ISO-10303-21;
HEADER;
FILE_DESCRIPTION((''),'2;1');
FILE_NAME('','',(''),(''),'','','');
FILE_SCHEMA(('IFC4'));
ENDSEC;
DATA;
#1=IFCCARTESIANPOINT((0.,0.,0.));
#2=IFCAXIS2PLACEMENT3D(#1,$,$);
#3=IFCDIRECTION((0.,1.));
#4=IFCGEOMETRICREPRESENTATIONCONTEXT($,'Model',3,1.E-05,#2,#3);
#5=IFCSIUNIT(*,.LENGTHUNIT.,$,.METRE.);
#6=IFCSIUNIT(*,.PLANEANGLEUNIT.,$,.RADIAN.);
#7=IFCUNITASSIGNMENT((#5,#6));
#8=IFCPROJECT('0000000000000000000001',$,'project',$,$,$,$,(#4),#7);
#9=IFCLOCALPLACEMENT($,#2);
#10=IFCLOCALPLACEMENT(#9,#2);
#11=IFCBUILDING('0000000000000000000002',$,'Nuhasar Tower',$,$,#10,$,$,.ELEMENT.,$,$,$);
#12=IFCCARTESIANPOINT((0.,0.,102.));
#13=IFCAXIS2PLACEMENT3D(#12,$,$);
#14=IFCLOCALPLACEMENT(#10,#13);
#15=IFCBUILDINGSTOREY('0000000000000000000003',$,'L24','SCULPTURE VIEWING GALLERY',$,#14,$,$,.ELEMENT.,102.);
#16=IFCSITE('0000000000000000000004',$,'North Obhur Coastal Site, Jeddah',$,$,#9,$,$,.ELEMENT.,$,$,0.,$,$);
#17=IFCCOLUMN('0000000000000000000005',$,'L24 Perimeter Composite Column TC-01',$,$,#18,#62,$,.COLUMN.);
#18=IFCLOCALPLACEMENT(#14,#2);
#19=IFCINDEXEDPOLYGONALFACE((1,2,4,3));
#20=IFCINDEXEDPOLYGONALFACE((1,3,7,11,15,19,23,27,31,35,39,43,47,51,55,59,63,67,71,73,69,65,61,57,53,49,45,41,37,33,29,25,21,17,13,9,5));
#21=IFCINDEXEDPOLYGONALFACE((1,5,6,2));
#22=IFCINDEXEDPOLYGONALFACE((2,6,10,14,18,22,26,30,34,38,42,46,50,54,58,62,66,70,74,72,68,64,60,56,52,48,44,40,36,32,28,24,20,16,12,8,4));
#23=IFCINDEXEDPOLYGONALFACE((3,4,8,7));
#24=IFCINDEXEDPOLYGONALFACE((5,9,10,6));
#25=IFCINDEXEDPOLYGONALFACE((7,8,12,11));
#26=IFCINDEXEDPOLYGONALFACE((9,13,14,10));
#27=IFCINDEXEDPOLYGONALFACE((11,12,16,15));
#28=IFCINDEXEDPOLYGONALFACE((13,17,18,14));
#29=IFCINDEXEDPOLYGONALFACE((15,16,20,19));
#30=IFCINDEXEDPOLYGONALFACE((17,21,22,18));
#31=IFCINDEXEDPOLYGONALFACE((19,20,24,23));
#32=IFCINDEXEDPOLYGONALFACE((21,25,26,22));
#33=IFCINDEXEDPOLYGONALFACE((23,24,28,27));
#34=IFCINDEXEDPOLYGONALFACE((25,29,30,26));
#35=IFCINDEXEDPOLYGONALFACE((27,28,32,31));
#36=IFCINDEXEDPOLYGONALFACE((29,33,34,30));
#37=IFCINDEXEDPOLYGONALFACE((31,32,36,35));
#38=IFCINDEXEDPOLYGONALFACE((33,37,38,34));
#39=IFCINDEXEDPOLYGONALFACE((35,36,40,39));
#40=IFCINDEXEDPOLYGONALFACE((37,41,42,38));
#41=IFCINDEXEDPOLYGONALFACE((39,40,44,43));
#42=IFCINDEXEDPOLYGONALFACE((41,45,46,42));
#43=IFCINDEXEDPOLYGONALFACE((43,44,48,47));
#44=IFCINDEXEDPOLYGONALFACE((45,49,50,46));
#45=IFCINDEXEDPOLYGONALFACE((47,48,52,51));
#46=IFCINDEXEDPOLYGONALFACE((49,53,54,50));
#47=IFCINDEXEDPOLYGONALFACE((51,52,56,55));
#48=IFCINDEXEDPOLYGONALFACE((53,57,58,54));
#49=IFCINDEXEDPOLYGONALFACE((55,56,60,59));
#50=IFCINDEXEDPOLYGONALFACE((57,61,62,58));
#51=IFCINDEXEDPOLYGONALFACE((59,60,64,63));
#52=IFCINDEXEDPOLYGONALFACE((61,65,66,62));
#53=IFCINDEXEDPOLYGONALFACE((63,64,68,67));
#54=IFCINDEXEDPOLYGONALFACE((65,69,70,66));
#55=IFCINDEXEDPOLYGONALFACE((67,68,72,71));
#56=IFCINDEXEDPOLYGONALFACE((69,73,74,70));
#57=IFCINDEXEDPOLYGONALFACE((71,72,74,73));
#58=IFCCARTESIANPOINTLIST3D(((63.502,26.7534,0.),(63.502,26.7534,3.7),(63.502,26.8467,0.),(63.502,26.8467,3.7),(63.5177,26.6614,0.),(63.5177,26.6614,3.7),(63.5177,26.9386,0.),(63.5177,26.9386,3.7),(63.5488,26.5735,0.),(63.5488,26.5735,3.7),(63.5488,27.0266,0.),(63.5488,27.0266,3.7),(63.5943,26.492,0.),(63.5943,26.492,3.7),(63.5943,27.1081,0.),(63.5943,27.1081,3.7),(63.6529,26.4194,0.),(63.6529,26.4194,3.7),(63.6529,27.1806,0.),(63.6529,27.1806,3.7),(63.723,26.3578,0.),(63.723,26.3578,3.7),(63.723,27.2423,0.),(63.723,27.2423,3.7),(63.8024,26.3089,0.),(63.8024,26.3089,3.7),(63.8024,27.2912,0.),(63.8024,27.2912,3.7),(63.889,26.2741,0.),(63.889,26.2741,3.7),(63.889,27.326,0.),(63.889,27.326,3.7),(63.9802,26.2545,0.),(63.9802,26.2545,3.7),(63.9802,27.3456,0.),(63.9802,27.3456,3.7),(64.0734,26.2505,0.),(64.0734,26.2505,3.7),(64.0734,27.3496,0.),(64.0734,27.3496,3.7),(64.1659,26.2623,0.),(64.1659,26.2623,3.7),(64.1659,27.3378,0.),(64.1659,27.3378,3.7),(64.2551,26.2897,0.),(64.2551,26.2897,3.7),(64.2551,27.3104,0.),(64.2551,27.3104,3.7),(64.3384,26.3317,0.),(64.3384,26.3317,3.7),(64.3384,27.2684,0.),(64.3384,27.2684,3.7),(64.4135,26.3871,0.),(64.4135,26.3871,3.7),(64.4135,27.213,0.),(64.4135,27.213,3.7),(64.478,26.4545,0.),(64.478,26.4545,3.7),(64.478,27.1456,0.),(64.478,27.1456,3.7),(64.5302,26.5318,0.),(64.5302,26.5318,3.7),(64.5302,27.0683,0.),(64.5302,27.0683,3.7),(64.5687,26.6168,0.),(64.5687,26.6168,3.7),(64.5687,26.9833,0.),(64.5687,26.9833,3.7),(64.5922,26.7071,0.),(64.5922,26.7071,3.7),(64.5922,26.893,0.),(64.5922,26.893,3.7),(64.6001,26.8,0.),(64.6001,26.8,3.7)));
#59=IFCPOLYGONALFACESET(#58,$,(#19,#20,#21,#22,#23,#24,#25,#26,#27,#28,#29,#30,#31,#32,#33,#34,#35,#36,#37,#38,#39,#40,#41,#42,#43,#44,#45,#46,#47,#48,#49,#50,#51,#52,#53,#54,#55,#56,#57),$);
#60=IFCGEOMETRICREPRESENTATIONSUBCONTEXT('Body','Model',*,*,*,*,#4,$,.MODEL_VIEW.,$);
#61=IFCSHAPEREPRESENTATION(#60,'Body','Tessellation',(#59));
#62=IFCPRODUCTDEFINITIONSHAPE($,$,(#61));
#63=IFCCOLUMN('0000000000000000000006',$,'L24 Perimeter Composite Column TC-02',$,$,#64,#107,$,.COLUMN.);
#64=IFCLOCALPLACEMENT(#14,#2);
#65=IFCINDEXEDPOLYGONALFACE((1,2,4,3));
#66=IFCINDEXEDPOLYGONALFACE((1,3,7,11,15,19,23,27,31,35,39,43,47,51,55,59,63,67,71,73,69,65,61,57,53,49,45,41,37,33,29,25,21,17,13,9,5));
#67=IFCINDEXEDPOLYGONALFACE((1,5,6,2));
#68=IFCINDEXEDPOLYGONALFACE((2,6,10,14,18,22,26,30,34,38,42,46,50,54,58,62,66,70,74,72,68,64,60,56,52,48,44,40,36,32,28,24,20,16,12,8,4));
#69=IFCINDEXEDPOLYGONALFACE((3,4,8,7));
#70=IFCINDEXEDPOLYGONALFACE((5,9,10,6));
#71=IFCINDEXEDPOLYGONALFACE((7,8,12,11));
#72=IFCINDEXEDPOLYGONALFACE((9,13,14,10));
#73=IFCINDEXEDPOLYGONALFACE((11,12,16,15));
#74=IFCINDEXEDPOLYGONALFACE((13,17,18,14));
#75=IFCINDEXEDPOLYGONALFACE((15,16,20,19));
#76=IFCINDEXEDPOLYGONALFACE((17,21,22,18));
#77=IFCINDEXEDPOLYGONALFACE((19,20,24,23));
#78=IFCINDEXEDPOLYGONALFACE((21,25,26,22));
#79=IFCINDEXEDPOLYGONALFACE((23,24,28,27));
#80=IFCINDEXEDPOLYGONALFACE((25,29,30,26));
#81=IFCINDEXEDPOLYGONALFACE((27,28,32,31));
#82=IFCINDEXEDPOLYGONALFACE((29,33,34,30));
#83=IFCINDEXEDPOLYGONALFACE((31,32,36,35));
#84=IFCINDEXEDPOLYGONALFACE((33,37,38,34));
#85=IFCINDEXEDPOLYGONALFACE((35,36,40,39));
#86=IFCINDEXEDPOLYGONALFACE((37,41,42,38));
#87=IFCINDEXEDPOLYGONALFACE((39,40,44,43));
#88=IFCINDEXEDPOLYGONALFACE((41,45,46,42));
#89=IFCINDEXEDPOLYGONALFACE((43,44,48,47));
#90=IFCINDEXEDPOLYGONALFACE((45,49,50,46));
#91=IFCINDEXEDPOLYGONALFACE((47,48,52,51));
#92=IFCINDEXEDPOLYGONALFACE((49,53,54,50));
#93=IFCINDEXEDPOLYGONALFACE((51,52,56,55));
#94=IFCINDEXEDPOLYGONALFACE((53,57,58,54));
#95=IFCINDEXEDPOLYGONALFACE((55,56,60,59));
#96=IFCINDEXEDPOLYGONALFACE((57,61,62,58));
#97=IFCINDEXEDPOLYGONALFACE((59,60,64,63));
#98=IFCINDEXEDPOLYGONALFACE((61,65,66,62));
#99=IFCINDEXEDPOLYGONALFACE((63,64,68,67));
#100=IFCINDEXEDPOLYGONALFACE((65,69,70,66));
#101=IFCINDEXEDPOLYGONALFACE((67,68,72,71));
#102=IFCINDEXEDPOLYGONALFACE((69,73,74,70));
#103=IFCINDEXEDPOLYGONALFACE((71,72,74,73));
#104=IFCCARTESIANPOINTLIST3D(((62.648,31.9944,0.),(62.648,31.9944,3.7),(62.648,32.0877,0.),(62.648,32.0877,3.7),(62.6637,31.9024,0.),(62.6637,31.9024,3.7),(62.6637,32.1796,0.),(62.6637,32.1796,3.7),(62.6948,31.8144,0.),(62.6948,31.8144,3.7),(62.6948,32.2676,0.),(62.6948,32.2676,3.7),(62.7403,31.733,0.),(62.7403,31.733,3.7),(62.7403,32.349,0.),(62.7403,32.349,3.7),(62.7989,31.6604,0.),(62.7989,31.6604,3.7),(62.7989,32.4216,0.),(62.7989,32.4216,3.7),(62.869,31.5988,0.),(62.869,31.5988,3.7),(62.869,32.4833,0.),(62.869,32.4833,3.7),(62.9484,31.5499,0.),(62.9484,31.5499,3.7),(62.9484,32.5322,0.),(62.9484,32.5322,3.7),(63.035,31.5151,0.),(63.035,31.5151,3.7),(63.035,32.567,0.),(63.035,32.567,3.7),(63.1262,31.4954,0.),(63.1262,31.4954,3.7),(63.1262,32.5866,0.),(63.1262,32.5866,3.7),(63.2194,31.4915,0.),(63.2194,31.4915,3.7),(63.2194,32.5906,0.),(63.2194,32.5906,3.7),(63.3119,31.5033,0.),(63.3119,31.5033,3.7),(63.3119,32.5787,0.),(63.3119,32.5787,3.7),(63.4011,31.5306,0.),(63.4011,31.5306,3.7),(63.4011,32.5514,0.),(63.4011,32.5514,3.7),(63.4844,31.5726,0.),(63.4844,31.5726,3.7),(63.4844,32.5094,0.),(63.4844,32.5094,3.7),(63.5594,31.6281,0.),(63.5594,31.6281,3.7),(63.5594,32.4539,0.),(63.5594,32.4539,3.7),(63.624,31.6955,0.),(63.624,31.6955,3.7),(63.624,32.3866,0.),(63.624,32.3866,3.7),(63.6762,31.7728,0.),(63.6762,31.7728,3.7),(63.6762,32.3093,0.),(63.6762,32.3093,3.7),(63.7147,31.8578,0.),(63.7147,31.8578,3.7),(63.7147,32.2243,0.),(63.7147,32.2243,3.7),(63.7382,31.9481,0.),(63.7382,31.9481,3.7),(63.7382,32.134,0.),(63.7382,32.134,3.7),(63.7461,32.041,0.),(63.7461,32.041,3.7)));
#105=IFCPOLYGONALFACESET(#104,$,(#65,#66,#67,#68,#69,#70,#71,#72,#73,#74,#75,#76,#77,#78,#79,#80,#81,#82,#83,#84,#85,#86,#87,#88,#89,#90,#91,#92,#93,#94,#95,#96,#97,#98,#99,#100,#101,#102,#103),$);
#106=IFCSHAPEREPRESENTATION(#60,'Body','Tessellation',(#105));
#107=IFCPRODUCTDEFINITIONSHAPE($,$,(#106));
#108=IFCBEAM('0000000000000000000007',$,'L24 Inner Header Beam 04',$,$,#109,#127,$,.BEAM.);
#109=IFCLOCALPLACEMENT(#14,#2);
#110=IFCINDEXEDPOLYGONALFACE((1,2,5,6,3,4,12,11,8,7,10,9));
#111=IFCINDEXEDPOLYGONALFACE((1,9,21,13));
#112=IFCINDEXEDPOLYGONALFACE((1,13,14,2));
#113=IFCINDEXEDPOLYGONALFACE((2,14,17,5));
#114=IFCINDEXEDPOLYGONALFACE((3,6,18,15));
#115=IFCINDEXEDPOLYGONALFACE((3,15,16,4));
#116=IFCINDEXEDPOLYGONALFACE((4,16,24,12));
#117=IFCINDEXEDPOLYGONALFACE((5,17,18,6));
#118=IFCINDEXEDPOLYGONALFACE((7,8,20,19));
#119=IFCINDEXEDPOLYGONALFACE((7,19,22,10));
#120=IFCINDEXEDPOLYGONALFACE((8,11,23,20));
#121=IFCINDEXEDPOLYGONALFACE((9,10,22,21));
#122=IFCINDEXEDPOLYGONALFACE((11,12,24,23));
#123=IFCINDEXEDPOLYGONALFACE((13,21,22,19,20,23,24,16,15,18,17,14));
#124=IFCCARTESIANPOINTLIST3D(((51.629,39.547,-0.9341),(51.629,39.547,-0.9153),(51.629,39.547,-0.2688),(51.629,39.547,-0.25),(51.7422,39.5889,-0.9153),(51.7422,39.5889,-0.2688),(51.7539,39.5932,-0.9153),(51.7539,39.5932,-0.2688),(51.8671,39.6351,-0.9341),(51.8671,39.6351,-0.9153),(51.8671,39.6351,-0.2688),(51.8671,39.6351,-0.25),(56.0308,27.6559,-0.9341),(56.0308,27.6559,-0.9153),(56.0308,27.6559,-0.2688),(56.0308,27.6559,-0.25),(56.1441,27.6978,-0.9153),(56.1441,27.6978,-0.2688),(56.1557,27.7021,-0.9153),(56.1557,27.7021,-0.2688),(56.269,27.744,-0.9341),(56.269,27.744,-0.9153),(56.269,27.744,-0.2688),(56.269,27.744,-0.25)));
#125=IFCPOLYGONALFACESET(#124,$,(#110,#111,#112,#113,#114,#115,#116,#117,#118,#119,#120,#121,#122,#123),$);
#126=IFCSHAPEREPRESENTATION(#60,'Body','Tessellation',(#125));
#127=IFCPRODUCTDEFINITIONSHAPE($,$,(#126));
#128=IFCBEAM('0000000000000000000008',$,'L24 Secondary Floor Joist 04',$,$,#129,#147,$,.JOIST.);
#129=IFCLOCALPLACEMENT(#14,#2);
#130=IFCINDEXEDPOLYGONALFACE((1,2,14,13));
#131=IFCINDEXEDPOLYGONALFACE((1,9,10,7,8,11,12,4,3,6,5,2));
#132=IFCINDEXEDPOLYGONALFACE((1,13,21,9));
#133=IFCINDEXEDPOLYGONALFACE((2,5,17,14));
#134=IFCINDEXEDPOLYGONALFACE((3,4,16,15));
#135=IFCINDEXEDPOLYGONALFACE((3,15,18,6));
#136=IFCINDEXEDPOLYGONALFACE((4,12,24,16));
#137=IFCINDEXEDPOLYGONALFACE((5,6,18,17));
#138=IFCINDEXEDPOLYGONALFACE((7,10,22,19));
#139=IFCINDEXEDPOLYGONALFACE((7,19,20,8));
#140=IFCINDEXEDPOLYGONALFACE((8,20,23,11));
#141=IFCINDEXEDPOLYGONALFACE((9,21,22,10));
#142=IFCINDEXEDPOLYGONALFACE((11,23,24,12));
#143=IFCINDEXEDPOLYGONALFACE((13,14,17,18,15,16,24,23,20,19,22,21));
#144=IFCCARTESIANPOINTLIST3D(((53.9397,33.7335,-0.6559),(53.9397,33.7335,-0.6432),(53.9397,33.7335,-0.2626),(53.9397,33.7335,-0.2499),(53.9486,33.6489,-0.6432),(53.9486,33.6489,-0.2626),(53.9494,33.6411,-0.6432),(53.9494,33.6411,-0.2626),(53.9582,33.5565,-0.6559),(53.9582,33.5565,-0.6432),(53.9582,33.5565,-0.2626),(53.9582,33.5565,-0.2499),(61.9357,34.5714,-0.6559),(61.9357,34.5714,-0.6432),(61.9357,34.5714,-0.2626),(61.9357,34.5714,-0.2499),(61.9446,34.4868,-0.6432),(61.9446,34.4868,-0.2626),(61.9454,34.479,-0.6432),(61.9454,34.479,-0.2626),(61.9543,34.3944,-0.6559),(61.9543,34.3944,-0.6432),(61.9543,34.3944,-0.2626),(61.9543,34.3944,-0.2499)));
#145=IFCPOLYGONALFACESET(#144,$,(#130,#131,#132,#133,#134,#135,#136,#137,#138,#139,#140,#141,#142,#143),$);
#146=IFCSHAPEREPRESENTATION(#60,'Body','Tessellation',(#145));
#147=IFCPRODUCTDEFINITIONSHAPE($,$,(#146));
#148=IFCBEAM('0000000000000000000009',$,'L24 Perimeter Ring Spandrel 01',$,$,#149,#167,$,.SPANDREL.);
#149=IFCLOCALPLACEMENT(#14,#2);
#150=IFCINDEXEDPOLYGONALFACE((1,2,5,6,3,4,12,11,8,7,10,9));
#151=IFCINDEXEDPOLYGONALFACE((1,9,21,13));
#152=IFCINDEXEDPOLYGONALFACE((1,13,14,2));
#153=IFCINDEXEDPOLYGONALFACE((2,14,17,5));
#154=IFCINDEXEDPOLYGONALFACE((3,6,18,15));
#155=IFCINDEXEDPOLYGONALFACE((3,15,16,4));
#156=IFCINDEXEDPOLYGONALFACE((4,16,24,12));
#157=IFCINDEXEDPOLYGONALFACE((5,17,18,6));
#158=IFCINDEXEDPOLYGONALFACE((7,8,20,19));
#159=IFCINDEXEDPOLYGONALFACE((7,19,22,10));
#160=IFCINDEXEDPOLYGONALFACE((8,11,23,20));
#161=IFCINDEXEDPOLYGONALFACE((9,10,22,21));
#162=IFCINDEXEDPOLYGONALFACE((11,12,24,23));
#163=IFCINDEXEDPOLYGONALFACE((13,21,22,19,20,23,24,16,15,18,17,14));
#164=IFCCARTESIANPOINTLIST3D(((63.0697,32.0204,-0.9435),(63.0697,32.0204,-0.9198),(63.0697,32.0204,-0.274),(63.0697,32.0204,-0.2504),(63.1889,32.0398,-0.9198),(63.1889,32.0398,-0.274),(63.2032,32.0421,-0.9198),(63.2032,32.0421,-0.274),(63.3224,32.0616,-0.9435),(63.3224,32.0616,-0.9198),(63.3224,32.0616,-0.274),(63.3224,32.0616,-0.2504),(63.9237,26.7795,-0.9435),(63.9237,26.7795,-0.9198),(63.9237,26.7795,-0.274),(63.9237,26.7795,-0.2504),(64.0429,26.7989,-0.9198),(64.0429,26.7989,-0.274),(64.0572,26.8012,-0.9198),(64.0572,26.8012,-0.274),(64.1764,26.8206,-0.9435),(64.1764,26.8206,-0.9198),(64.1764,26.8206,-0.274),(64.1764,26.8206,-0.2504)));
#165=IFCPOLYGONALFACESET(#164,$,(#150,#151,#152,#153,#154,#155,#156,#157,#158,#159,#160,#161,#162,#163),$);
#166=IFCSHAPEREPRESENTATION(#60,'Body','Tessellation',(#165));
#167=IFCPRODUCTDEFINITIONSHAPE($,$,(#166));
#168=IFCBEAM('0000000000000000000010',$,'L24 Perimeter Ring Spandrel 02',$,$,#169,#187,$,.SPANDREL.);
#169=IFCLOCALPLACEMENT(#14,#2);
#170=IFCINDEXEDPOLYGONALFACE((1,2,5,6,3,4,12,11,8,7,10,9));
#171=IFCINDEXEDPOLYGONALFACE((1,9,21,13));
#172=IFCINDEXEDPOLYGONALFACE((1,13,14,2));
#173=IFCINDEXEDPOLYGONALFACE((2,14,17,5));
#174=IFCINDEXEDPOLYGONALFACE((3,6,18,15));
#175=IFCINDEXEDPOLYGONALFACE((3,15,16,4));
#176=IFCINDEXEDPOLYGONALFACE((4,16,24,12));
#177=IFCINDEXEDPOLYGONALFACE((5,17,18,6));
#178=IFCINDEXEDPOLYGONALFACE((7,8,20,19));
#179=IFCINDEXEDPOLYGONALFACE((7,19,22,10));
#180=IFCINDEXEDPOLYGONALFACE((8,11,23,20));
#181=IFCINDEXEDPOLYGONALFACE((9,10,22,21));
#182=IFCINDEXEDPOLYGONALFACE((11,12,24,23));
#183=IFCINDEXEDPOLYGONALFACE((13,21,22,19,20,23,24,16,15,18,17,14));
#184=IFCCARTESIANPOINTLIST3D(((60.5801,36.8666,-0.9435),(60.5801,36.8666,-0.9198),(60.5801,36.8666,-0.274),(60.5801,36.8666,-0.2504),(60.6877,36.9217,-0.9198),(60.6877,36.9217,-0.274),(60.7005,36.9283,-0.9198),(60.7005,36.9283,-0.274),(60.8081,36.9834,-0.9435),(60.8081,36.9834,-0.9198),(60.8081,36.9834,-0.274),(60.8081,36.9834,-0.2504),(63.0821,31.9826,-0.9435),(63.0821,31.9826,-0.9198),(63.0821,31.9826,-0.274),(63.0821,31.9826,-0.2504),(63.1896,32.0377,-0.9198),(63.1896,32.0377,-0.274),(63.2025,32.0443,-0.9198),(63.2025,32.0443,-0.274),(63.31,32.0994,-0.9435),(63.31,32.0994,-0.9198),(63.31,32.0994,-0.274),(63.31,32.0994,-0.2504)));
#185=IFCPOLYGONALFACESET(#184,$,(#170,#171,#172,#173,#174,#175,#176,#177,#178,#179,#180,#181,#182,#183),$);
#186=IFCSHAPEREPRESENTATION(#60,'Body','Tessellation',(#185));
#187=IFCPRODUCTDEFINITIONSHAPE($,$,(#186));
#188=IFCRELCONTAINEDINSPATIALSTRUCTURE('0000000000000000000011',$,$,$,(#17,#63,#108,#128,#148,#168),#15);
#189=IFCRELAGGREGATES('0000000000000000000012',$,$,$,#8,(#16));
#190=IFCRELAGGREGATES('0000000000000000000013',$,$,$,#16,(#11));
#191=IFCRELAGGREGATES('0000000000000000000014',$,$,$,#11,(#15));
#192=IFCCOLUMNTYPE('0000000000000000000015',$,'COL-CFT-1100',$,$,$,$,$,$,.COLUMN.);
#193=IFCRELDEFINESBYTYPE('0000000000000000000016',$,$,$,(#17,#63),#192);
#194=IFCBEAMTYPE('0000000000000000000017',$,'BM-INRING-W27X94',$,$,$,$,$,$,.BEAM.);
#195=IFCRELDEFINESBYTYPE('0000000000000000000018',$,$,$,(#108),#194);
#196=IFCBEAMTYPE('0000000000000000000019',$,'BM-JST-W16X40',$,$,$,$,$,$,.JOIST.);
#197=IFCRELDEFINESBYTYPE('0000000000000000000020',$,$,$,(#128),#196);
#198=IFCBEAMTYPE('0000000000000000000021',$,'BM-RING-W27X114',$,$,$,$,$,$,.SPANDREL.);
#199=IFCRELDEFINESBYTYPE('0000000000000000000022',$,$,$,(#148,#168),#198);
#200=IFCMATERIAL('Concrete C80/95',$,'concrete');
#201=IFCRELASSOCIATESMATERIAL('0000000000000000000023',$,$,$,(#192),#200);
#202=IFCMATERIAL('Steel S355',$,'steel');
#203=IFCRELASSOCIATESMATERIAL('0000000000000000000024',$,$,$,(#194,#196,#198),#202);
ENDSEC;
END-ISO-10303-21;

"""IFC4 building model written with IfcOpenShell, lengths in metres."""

from ifc_helpers import new_model, si_unit, direction, frame, origin, origin_2d, place, context, subcontext, project, spatial, circle, i_section, extrude, material, material_profile, profile_set, type_object, element, save


model = new_model("IFC4")

# Units and contexts
model_context = context("Model", 3, precision=1e-05, world=origin(), true_north=direction((0.0, 1.0)))
body_context = subcontext(model_context, "Body", "Model", "MODEL_VIEW")
ifc_project = project(units=[si_unit("LENGTHUNIT", "METRE"), si_unit("PLANEANGLEUNIT", "RADIAN")], contexts=[model_context])

# Site, building, storey
site_placement = place(None, origin())
site = spatial("IfcSite", under=ifc_project, at=site_placement, Name="North Obhur Coastal Site, Jeddah", CompositionType="ELEMENT", RefElevation=0.0)
building_placement = place(site_placement, origin())
building = spatial("IfcBuilding", under=site, at=building_placement, Name="Nuhasar Tower", CompositionType="ELEMENT")
storey_placement = place(building_placement, frame((0.0, 0.0, 102.0)))
storey = spatial("IfcBuildingStorey", under=building, at=storey_placement, Name="L24", Description="SCULPTURE VIEWING GALLERY", CompositionType="ELEMENT", Elevation=102.0)

# Columns
ifc_material_1 = material(Name="Concrete C80/95", Category="concrete")
ifc_material_profile_1 = material_profile(ifc_material_1, circle(Radius=0.55, at=origin_2d()), Name="CFT1100")
ifc_profile_set_1 = profile_set([ifc_material_profile_1], Name="Concrete C80/95")
column_type = type_object("IfcColumnType", Name="COL-CFT-1100", PredefinedType="COLUMN", material=ifc_profile_set_1)
for number, where, z_axis, x_axis, name in (
    (1, (64.05, 26.8, 0.0), (0.0, 0.0, 1.0), (1.0, 0.0, 0.0), "L24 Perimeter Composite Column TC-01"),
    (2, (63.196, 32.041, 0.0), (0.0, 0.0, 1.0), (1.0, 0.0, 0.0), "L24 Perimeter Composite Column TC-02"),
):
    element("IfcColumn", number, at=place(storey_placement, frame(where, z_axis=z_axis, x_axis=x_axis)), inside=storey, type_object=column_type, Name=name, PredefinedType="COLUMN", context=body_context, shape_type="SweptSolid", body=[
        extrude(circle(Radius=0.55, at=origin_2d()), origin(), (0.0, 0.0, 1.0), 3.7),
    ])

# Beams
ifc_material_2 = material(Name="Steel S355", Category="steel")
ifc_material_profile_2 = material_profile(ifc_material_2, i_section(OverallWidth=0.2539, OverallDepth=0.6841, WebThickness=0.0125, FlangeThickness=0.0188, at=origin_2d()), Name="W27X94")
ifc_profile_set_2 = profile_set([ifc_material_profile_2], Name="Steel S355")
beam_type_1 = type_object("IfcBeamType", Name="BM-INRING-W27X94", PredefinedType="BEAM", material=ifc_profile_set_2)
beam_1_placement = place(storey_placement, frame((56.1499, 27.7, -0.592), z_axis=(-0.347158, 0.937807, 0.0), x_axis=(-0.937807, -0.347158, 0.0)))
element("IfcBeam", 3, at=beam_1_placement, inside=storey, type_object=beam_type_1, Name="L24 Inner Header Beam 04", PredefinedType="BEAM", context=body_context, shape_type="SweptSolid", body=[
    extrude(i_section(OverallWidth=0.2539, OverallDepth=0.6841, WebThickness=0.0125, FlangeThickness=0.0188, at=origin_2d()), origin(), (0.0, 0.0, 1.0), 12.6797),
])
ifc_material_profile_3 = material_profile(ifc_material_2, i_section(OverallWidth=0.178, OverallDepth=0.406, WebThickness=0.0078, FlangeThickness=0.0127, at=origin_2d()), Name="W16X40")
ifc_profile_set_3 = profile_set([ifc_material_profile_3], Name="Steel S355")
beam_type_2 = type_object("IfcBeamType", Name="BM-JST-W16X40", PredefinedType="JOIST", material=ifc_profile_set_3)
beam_2_placement = place(storey_placement, frame((53.949, 33.645, -0.4529), z_axis=(0.994555, 0.104217, 0.0), x_axis=(-0.104217, 0.994555, 0.0)))
element("IfcBeam", 4, at=beam_2_placement, inside=storey, type_object=beam_type_2, Name="L24 Secondary Floor Joist 04", PredefinedType="JOIST", context=body_context, shape_type="SweptSolid", body=[
    extrude(i_section(OverallWidth=0.178, OverallDepth=0.406, WebThickness=0.0078, FlangeThickness=0.0127, at=origin_2d()), origin(), (0.0, 0.0, 1.0), 8.0398),
])
ifc_material_profile_4 = material_profile(ifc_material_2, i_section(OverallWidth=0.2561, OverallDepth=0.6931, WebThickness=0.0144, FlangeThickness=0.0237, at=origin_2d()), Name="W27X114")
ifc_profile_set_4 = profile_set([ifc_material_profile_4], Name="Steel S355")
beam_type_3 = type_object("IfcBeamType", Name="BM-RING-W27X114", PredefinedType="SPANDREL", material=ifc_profile_set_4)
beam_3_placement = place(storey_placement, frame((64.05, 26.8, -0.5969), z_axis=(-0.160827, 0.986983, 0.0), x_axis=(-0.986983, -0.160827, 0.0)))
element("IfcBeam", 5, at=beam_3_placement, inside=storey, type_object=beam_type_3, Name="L24 Perimeter Ring Spandrel 01", PredefinedType="SPANDREL", context=body_context, shape_type="SweptSolid", body=[
    extrude(i_section(OverallWidth=0.2561, OverallDepth=0.6931, WebThickness=0.0144, FlangeThickness=0.0237, at=origin_2d()), origin(), (0.0, 0.0, 1.0), 5.3101),
])
beam_4_placement = place(storey_placement, frame((63.196, 32.041, -0.5969), z_axis=(-0.45593, 0.890016, 0.0), x_axis=(-0.890016, -0.45593, 0.0)))
element("IfcBeam", 6, at=beam_4_placement, inside=storey, type_object=beam_type_3, Name="L24 Perimeter Ring Spandrel 02", PredefinedType="SPANDREL", context=body_context, shape_type="SweptSolid", body=[
    extrude(i_section(OverallWidth=0.2561, OverallDepth=0.6931, WebThickness=0.0144, FlangeThickness=0.0237, at=origin_2d()), origin(), (0.0, 0.0, 1.0), 5.4875),
])

save(model, "model.ifc")
